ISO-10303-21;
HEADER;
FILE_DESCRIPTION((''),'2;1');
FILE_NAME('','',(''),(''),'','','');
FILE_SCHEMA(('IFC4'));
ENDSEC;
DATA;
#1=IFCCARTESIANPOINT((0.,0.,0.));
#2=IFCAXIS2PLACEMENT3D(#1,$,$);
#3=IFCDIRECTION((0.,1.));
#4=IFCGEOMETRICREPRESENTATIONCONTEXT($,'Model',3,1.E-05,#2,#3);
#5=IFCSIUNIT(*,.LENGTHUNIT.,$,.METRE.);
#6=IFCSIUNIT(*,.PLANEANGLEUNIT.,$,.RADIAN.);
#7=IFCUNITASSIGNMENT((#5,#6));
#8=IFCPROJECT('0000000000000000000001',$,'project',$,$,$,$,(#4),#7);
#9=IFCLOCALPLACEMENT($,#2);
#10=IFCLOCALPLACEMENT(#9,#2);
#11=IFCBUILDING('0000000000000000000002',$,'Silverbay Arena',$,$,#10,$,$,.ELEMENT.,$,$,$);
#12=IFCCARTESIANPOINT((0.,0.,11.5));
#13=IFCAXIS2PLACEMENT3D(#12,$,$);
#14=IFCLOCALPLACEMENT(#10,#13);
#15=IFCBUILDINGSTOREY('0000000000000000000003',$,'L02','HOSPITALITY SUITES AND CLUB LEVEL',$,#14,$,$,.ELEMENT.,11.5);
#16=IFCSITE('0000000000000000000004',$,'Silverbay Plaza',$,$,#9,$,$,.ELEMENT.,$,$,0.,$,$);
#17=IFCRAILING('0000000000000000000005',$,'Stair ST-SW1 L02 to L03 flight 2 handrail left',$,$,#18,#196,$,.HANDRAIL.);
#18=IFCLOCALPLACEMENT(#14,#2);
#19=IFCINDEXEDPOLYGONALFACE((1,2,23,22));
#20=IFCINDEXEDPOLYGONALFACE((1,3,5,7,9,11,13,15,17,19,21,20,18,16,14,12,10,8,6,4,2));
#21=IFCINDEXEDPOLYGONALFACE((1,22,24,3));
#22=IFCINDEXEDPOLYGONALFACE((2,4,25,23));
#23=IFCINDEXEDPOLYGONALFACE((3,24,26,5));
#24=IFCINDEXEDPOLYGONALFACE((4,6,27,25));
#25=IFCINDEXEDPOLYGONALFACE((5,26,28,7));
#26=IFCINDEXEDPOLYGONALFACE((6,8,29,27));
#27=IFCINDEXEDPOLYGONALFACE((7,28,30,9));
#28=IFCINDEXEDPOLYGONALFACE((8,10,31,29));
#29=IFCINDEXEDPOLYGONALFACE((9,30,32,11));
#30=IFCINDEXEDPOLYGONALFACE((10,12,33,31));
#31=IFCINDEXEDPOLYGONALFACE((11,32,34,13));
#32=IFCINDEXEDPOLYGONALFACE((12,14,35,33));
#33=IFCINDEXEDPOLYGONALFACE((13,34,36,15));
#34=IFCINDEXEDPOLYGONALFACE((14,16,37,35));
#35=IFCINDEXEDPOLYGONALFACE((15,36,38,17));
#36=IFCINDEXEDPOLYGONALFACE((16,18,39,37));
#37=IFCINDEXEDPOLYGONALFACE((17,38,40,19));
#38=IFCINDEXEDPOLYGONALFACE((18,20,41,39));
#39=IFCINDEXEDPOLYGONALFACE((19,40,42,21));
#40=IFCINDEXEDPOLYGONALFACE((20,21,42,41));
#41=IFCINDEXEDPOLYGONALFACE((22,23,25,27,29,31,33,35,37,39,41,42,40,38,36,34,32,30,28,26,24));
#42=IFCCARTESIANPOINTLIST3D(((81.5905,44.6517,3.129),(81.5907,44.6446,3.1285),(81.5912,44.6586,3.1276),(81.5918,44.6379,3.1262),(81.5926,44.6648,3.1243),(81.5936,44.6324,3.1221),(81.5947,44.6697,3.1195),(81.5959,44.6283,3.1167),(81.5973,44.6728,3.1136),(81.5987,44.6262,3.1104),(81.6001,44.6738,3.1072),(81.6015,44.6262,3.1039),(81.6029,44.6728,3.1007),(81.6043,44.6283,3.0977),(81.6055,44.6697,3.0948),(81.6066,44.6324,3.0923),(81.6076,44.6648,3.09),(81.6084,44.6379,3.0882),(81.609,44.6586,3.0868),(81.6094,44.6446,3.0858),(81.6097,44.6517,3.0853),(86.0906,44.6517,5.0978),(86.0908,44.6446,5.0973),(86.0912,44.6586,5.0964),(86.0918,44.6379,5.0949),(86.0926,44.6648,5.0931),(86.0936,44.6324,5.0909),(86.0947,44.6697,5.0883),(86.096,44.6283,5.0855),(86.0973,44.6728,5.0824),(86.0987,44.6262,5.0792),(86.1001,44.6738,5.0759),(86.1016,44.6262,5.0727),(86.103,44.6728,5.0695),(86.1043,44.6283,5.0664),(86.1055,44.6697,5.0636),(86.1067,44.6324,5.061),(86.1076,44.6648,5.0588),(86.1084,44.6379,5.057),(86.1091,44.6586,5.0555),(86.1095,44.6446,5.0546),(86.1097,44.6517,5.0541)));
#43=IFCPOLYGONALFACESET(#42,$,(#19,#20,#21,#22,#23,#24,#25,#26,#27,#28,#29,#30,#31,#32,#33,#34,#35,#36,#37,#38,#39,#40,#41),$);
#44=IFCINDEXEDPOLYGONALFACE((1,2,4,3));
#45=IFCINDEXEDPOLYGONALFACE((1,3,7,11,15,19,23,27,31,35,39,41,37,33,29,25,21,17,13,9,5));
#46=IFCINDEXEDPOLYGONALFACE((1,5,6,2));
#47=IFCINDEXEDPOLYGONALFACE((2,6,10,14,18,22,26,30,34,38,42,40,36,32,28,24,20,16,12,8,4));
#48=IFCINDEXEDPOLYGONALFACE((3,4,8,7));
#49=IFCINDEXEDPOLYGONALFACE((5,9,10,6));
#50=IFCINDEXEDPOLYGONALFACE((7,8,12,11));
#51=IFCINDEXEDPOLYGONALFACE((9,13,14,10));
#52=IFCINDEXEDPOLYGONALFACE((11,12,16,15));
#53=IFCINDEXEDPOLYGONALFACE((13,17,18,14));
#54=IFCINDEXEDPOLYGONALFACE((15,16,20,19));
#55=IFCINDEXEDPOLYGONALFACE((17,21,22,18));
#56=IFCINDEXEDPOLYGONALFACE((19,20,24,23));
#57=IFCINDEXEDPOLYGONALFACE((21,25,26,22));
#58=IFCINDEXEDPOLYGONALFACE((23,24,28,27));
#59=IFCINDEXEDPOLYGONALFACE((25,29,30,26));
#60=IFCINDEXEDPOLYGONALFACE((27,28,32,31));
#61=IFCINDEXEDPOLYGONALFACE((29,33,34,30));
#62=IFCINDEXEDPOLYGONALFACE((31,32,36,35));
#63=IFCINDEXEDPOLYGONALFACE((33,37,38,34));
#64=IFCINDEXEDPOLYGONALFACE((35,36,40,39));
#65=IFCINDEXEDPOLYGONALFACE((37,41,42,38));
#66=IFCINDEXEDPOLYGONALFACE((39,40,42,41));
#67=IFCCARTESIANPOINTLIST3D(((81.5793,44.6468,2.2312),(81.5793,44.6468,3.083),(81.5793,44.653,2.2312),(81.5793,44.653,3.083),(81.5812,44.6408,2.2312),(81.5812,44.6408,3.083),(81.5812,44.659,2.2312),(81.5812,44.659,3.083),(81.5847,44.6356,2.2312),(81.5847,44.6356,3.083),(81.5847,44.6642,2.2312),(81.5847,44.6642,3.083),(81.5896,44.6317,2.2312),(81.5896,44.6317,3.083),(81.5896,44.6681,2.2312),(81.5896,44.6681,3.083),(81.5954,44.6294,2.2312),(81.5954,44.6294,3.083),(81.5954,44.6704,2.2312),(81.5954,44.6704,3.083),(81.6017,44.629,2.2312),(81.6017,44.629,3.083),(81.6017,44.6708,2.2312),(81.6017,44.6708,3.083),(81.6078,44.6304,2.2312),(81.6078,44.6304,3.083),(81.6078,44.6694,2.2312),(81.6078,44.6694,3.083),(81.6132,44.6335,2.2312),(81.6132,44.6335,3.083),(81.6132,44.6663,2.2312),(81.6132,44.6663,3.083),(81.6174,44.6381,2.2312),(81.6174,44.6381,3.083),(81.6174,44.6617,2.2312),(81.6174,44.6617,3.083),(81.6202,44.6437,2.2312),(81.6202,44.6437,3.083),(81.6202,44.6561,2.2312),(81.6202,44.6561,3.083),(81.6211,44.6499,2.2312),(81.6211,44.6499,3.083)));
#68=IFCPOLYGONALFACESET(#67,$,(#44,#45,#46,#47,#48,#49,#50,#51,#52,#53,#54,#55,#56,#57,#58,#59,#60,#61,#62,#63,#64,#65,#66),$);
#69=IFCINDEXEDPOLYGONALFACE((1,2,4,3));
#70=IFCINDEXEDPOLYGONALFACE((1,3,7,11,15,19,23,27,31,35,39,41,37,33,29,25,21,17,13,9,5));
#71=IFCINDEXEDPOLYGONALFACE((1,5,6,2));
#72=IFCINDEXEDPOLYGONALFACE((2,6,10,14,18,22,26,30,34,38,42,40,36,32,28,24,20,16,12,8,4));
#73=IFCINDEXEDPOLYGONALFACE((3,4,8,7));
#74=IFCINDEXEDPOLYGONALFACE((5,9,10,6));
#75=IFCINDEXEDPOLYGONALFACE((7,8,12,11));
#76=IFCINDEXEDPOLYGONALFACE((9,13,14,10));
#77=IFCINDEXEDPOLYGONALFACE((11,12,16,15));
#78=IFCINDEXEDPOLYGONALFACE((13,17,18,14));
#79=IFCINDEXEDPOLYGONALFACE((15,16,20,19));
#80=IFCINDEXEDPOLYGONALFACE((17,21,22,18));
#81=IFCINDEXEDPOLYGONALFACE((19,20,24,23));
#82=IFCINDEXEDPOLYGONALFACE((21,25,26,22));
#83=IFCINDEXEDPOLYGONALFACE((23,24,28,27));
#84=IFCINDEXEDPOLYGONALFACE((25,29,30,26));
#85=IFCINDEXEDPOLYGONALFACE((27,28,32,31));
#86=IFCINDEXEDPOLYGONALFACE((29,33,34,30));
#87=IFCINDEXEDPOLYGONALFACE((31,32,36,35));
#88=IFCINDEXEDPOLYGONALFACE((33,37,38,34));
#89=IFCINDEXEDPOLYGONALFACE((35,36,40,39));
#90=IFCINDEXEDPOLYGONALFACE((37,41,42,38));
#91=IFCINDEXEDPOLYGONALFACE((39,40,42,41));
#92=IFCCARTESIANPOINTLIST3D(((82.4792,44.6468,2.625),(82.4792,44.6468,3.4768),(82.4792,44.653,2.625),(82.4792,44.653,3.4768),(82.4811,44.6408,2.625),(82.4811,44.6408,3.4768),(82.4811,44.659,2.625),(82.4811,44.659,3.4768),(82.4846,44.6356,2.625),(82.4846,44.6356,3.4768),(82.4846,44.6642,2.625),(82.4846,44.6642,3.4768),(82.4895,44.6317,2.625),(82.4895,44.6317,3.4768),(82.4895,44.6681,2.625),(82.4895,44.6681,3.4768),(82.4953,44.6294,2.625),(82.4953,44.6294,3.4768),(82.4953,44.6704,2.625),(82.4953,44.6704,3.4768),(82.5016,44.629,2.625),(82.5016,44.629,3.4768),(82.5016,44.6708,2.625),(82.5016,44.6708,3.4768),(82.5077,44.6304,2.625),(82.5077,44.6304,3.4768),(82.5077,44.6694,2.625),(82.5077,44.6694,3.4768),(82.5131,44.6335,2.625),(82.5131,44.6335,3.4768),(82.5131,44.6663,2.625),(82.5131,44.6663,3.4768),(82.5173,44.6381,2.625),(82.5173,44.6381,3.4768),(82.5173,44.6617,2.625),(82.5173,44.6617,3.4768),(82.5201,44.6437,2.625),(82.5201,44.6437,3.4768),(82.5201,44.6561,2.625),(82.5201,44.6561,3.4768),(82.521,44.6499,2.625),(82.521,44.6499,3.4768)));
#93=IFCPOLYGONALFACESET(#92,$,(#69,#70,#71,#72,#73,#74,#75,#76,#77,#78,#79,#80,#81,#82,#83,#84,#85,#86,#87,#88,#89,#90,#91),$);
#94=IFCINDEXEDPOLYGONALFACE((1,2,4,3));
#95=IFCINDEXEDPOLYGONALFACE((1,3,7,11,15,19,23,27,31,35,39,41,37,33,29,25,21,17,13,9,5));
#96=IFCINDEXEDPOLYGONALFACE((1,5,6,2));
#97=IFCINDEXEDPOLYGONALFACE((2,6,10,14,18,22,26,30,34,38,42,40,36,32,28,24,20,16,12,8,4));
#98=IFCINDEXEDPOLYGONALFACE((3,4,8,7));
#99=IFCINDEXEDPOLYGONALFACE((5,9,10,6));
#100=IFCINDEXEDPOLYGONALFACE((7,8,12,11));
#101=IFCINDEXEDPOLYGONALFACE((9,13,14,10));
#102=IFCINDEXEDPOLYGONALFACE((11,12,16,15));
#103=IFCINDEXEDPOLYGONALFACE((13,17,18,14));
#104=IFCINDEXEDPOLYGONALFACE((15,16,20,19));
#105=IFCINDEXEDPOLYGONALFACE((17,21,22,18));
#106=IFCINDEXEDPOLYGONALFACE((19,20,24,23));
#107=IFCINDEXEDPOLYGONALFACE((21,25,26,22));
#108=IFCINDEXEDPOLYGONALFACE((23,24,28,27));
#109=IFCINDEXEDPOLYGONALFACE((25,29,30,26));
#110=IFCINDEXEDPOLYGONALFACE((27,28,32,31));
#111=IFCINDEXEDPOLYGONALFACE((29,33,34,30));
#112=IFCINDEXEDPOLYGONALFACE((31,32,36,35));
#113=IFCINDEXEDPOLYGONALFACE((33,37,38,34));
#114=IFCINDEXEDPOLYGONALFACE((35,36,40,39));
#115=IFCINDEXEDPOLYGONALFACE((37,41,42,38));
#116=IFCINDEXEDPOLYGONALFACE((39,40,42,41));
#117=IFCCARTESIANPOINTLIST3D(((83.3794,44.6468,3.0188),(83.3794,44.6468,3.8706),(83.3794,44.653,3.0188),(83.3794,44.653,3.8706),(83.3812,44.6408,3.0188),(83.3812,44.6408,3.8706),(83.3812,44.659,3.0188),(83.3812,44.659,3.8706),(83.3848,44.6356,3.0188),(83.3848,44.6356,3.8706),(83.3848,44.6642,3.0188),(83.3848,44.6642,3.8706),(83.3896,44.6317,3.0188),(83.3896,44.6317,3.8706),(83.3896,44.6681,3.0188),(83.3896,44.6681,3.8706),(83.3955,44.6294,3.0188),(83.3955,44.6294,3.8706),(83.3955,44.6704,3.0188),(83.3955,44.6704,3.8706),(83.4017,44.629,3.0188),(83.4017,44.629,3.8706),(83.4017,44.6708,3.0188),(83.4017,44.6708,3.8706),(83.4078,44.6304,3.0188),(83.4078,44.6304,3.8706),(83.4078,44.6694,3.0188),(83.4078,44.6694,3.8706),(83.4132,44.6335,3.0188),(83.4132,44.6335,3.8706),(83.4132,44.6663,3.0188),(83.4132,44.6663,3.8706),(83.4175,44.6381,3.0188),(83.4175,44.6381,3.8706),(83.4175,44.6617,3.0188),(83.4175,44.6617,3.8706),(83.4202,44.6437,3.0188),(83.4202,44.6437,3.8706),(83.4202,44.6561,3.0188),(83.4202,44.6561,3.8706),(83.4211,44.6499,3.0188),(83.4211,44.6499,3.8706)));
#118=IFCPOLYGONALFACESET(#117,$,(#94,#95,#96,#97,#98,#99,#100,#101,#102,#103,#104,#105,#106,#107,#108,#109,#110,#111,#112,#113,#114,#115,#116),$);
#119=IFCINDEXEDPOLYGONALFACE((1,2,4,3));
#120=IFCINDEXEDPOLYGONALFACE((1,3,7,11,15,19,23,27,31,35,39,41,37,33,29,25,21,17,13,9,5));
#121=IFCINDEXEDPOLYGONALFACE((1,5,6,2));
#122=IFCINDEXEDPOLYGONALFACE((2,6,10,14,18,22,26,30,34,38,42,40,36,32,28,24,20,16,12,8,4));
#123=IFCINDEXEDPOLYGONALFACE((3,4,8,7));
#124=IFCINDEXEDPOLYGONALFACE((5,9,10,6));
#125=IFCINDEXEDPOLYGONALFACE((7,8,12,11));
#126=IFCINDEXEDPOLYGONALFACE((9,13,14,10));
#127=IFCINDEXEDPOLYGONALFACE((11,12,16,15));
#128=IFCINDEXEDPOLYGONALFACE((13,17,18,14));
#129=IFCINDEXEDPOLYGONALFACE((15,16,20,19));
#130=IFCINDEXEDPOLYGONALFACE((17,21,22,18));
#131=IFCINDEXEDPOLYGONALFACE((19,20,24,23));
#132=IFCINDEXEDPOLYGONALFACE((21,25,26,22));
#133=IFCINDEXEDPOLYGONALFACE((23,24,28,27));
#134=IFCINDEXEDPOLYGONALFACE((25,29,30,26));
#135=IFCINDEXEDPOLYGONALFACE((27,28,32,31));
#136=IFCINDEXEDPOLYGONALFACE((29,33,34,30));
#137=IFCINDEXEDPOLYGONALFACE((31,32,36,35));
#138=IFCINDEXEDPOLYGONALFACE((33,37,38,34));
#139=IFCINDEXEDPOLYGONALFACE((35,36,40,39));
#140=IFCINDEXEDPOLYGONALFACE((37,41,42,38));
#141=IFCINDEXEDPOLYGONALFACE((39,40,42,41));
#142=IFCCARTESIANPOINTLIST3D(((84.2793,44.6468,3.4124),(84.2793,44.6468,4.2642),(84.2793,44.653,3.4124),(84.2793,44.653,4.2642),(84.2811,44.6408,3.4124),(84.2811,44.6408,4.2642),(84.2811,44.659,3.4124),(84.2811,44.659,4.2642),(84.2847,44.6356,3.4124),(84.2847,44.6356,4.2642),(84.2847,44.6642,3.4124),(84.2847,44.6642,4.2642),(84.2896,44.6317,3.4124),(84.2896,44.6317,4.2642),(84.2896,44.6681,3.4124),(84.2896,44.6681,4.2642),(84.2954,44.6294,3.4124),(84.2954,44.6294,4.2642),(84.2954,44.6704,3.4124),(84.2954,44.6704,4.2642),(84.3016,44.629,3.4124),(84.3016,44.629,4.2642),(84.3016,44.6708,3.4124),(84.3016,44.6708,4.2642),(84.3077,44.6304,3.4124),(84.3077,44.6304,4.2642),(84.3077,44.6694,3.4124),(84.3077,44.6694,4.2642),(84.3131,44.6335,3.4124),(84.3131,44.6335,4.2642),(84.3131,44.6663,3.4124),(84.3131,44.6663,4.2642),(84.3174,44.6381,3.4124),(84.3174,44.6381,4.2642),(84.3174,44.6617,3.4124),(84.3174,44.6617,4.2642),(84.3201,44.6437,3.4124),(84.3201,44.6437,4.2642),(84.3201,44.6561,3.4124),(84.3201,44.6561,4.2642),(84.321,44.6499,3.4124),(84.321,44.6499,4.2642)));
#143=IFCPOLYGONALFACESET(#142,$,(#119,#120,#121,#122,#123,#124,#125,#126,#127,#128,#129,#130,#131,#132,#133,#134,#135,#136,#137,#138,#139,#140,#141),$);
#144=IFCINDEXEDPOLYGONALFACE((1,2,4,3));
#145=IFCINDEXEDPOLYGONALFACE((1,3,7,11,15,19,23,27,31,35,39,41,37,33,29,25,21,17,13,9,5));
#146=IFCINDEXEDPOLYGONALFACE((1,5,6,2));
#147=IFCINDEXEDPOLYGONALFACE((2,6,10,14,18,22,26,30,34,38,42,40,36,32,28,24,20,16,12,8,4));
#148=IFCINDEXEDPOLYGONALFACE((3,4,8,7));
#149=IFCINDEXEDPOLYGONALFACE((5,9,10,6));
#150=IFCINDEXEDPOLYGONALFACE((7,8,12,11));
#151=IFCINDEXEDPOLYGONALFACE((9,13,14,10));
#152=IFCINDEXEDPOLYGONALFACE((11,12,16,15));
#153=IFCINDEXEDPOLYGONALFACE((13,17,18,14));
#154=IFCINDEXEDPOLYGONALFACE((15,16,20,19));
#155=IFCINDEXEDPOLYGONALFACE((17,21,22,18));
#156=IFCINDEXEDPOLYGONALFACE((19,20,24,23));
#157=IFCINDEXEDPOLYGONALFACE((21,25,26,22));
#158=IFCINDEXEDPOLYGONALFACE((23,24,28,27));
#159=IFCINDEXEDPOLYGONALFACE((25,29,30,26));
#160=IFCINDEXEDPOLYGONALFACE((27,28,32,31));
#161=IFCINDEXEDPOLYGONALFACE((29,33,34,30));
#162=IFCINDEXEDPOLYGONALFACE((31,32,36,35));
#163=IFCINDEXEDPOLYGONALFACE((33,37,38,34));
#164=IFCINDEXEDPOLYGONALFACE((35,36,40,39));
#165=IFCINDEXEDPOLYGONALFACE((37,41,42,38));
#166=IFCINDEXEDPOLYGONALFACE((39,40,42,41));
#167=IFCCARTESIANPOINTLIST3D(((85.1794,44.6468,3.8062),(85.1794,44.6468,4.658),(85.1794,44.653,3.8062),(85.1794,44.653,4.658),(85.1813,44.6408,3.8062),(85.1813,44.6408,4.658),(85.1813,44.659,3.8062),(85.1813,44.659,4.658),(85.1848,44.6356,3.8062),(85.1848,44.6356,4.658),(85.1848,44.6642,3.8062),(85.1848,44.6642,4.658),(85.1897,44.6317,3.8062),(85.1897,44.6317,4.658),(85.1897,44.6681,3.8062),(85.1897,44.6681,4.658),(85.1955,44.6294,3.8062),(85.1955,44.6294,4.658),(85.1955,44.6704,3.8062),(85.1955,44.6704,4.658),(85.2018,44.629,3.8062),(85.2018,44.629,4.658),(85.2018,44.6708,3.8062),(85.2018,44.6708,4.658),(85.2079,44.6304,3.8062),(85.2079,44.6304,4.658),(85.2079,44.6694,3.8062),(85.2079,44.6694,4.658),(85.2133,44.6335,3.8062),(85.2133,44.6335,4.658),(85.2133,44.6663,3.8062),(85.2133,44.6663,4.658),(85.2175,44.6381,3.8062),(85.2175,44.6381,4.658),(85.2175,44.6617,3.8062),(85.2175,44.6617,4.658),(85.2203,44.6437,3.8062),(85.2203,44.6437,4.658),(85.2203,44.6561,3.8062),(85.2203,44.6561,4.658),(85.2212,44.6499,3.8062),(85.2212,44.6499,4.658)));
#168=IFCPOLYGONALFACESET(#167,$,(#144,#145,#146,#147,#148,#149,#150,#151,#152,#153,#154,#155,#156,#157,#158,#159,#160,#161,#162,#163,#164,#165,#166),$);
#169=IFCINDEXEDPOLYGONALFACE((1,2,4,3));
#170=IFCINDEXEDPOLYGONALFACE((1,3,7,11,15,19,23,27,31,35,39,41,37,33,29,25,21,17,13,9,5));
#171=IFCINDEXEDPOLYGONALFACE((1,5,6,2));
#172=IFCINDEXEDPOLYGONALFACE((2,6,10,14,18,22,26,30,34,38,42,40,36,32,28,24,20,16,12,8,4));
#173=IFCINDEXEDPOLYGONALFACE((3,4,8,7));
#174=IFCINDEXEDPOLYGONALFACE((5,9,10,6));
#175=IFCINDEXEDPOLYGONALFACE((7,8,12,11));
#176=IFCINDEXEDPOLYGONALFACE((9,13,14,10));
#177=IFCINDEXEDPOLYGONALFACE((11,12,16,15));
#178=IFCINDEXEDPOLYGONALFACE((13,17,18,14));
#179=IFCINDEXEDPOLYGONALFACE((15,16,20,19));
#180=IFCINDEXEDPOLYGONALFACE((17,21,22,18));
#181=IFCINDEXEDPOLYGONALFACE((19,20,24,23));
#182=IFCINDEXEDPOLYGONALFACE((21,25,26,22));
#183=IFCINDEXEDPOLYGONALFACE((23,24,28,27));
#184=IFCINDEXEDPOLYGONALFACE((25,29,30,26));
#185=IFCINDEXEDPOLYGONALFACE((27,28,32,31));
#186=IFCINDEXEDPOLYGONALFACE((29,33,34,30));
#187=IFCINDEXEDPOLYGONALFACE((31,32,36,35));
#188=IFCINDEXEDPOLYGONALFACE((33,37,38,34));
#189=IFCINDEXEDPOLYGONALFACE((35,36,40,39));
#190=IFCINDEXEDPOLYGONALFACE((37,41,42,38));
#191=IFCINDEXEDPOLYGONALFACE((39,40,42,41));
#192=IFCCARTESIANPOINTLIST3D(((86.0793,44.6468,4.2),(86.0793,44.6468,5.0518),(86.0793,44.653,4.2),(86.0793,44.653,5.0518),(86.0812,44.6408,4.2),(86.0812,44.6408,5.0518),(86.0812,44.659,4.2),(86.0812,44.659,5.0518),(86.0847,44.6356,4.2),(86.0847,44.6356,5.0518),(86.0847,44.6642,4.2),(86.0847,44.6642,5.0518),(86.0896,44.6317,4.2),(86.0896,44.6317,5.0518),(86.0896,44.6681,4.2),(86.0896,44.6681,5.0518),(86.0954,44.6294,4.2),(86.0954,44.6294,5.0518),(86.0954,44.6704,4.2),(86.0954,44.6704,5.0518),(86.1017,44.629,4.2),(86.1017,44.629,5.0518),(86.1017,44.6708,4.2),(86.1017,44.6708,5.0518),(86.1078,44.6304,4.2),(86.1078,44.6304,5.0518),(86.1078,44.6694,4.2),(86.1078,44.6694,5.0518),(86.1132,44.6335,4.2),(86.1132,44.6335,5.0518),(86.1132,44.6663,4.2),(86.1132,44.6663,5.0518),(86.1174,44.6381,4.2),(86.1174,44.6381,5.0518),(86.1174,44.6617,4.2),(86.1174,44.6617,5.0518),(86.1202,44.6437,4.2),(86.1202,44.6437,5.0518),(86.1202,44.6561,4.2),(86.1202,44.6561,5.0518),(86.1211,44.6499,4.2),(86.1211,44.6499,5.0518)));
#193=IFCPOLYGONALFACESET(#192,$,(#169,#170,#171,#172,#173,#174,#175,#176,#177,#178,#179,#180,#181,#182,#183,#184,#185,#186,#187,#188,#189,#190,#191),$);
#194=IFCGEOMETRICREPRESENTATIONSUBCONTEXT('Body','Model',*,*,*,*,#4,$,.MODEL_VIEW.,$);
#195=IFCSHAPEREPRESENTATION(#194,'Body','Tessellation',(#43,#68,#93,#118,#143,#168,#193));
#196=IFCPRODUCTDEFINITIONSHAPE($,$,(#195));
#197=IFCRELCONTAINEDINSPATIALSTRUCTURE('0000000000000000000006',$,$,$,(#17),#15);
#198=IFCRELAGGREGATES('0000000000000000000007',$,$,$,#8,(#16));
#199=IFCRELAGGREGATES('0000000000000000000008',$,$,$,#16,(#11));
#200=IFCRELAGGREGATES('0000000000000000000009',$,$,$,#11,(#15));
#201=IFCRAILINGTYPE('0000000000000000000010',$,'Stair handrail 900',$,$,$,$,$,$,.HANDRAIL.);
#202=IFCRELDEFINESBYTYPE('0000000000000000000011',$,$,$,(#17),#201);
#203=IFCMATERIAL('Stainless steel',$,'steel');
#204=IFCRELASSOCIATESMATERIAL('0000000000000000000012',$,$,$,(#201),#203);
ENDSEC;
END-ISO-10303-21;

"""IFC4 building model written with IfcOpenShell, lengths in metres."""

from ifc_helpers import new_model, si_unit, direction, frame, origin, origin_2d, place, context, subcontext, project, spatial, circle, extrude, material, type_object, element, save


model = new_model("IFC4")

# Units and contexts
model_context = context("Model", 3, precision=1e-05, world=origin(), true_north=direction((0.0, 1.0)))
body_context = subcontext(model_context, "Body", "Model", "MODEL_VIEW")
ifc_project = project(units=[si_unit("LENGTHUNIT", "METRE"), si_unit("PLANEANGLEUNIT", "RADIAN")], contexts=[model_context])

# Site, building, storey
site_placement = place(None, origin())
site = spatial("IfcSite", under=ifc_project, at=site_placement, Name="Silverbay Plaza", CompositionType="ELEMENT", RefElevation=0.0)
building_placement = place(site_placement, origin())
building = spatial("IfcBuilding", under=site, at=building_placement, Name="Silverbay Arena", CompositionType="ELEMENT")
storey_placement = place(building_placement, frame((0.0, 0.0, 11.5)))
storey = spatial("IfcBuildingStorey", under=building, at=storey_placement, Name="L02", Description="HOSPITALITY SUITES AND CLUB LEVEL", CompositionType="ELEMENT", Elevation=11.5)

# Railing
ifc_material_1 = material(Name="Stainless steel", Category="steel")
railing_type_1 = type_object("IfcRailingType", Name="Stair handrail 900", PredefinedType="HANDRAIL", material=ifc_material_1)
for number, where, name in (
    (1, (81.6001, 44.6499, 2.2312), "Stair ST-SW1 L02 to L03 flight 2 handrail left"),
):
    element("IfcRailing", number, at=place(storey_placement, frame(where)), inside=storey, type_object=railing_type_1, Name=name, PredefinedType="HANDRAIL", context=body_context, shape_type="SweptSolid", body=[
        extrude(circle(Radius=0.0239, at=origin_2d()), frame((0.0, 0.0, 0.876), z_axis=(0.916157, 0.0, 0.400819), x_axis=(0.0, 1.0, 0.0)), (0.0, 0.0, 1.0), 4.9119),
        extrude(circle(Radius=0.021, at=origin_2d()), origin(), (0.0, 0.0, 1.0), 0.8518),
        extrude(circle(Radius=0.021, at=origin_2d()), frame((0.8999, 0.0, 0.3938)), (0.0, 0.0, 1.0), 0.8518),
        extrude(circle(Radius=0.021, at=origin_2d()), frame((1.8, 0.0, 0.7876)), (0.0, 0.0, 1.0), 0.8518),
        extrude(circle(Radius=0.021, at=origin_2d()), frame((2.7, 0.0, 1.1812)), (0.0, 0.0, 1.0), 0.8518),
        extrude(circle(Radius=0.021, at=origin_2d()), frame((3.6001, 0.0, 1.575)), (0.0, 0.0, 1.0), 0.8518),
        extrude(circle(Radius=0.021, at=origin_2d()), frame((4.5, 0.0, 1.9688)), (0.0, 0.0, 1.0), 0.8518),
    ])

save(model, "model.ifc")
